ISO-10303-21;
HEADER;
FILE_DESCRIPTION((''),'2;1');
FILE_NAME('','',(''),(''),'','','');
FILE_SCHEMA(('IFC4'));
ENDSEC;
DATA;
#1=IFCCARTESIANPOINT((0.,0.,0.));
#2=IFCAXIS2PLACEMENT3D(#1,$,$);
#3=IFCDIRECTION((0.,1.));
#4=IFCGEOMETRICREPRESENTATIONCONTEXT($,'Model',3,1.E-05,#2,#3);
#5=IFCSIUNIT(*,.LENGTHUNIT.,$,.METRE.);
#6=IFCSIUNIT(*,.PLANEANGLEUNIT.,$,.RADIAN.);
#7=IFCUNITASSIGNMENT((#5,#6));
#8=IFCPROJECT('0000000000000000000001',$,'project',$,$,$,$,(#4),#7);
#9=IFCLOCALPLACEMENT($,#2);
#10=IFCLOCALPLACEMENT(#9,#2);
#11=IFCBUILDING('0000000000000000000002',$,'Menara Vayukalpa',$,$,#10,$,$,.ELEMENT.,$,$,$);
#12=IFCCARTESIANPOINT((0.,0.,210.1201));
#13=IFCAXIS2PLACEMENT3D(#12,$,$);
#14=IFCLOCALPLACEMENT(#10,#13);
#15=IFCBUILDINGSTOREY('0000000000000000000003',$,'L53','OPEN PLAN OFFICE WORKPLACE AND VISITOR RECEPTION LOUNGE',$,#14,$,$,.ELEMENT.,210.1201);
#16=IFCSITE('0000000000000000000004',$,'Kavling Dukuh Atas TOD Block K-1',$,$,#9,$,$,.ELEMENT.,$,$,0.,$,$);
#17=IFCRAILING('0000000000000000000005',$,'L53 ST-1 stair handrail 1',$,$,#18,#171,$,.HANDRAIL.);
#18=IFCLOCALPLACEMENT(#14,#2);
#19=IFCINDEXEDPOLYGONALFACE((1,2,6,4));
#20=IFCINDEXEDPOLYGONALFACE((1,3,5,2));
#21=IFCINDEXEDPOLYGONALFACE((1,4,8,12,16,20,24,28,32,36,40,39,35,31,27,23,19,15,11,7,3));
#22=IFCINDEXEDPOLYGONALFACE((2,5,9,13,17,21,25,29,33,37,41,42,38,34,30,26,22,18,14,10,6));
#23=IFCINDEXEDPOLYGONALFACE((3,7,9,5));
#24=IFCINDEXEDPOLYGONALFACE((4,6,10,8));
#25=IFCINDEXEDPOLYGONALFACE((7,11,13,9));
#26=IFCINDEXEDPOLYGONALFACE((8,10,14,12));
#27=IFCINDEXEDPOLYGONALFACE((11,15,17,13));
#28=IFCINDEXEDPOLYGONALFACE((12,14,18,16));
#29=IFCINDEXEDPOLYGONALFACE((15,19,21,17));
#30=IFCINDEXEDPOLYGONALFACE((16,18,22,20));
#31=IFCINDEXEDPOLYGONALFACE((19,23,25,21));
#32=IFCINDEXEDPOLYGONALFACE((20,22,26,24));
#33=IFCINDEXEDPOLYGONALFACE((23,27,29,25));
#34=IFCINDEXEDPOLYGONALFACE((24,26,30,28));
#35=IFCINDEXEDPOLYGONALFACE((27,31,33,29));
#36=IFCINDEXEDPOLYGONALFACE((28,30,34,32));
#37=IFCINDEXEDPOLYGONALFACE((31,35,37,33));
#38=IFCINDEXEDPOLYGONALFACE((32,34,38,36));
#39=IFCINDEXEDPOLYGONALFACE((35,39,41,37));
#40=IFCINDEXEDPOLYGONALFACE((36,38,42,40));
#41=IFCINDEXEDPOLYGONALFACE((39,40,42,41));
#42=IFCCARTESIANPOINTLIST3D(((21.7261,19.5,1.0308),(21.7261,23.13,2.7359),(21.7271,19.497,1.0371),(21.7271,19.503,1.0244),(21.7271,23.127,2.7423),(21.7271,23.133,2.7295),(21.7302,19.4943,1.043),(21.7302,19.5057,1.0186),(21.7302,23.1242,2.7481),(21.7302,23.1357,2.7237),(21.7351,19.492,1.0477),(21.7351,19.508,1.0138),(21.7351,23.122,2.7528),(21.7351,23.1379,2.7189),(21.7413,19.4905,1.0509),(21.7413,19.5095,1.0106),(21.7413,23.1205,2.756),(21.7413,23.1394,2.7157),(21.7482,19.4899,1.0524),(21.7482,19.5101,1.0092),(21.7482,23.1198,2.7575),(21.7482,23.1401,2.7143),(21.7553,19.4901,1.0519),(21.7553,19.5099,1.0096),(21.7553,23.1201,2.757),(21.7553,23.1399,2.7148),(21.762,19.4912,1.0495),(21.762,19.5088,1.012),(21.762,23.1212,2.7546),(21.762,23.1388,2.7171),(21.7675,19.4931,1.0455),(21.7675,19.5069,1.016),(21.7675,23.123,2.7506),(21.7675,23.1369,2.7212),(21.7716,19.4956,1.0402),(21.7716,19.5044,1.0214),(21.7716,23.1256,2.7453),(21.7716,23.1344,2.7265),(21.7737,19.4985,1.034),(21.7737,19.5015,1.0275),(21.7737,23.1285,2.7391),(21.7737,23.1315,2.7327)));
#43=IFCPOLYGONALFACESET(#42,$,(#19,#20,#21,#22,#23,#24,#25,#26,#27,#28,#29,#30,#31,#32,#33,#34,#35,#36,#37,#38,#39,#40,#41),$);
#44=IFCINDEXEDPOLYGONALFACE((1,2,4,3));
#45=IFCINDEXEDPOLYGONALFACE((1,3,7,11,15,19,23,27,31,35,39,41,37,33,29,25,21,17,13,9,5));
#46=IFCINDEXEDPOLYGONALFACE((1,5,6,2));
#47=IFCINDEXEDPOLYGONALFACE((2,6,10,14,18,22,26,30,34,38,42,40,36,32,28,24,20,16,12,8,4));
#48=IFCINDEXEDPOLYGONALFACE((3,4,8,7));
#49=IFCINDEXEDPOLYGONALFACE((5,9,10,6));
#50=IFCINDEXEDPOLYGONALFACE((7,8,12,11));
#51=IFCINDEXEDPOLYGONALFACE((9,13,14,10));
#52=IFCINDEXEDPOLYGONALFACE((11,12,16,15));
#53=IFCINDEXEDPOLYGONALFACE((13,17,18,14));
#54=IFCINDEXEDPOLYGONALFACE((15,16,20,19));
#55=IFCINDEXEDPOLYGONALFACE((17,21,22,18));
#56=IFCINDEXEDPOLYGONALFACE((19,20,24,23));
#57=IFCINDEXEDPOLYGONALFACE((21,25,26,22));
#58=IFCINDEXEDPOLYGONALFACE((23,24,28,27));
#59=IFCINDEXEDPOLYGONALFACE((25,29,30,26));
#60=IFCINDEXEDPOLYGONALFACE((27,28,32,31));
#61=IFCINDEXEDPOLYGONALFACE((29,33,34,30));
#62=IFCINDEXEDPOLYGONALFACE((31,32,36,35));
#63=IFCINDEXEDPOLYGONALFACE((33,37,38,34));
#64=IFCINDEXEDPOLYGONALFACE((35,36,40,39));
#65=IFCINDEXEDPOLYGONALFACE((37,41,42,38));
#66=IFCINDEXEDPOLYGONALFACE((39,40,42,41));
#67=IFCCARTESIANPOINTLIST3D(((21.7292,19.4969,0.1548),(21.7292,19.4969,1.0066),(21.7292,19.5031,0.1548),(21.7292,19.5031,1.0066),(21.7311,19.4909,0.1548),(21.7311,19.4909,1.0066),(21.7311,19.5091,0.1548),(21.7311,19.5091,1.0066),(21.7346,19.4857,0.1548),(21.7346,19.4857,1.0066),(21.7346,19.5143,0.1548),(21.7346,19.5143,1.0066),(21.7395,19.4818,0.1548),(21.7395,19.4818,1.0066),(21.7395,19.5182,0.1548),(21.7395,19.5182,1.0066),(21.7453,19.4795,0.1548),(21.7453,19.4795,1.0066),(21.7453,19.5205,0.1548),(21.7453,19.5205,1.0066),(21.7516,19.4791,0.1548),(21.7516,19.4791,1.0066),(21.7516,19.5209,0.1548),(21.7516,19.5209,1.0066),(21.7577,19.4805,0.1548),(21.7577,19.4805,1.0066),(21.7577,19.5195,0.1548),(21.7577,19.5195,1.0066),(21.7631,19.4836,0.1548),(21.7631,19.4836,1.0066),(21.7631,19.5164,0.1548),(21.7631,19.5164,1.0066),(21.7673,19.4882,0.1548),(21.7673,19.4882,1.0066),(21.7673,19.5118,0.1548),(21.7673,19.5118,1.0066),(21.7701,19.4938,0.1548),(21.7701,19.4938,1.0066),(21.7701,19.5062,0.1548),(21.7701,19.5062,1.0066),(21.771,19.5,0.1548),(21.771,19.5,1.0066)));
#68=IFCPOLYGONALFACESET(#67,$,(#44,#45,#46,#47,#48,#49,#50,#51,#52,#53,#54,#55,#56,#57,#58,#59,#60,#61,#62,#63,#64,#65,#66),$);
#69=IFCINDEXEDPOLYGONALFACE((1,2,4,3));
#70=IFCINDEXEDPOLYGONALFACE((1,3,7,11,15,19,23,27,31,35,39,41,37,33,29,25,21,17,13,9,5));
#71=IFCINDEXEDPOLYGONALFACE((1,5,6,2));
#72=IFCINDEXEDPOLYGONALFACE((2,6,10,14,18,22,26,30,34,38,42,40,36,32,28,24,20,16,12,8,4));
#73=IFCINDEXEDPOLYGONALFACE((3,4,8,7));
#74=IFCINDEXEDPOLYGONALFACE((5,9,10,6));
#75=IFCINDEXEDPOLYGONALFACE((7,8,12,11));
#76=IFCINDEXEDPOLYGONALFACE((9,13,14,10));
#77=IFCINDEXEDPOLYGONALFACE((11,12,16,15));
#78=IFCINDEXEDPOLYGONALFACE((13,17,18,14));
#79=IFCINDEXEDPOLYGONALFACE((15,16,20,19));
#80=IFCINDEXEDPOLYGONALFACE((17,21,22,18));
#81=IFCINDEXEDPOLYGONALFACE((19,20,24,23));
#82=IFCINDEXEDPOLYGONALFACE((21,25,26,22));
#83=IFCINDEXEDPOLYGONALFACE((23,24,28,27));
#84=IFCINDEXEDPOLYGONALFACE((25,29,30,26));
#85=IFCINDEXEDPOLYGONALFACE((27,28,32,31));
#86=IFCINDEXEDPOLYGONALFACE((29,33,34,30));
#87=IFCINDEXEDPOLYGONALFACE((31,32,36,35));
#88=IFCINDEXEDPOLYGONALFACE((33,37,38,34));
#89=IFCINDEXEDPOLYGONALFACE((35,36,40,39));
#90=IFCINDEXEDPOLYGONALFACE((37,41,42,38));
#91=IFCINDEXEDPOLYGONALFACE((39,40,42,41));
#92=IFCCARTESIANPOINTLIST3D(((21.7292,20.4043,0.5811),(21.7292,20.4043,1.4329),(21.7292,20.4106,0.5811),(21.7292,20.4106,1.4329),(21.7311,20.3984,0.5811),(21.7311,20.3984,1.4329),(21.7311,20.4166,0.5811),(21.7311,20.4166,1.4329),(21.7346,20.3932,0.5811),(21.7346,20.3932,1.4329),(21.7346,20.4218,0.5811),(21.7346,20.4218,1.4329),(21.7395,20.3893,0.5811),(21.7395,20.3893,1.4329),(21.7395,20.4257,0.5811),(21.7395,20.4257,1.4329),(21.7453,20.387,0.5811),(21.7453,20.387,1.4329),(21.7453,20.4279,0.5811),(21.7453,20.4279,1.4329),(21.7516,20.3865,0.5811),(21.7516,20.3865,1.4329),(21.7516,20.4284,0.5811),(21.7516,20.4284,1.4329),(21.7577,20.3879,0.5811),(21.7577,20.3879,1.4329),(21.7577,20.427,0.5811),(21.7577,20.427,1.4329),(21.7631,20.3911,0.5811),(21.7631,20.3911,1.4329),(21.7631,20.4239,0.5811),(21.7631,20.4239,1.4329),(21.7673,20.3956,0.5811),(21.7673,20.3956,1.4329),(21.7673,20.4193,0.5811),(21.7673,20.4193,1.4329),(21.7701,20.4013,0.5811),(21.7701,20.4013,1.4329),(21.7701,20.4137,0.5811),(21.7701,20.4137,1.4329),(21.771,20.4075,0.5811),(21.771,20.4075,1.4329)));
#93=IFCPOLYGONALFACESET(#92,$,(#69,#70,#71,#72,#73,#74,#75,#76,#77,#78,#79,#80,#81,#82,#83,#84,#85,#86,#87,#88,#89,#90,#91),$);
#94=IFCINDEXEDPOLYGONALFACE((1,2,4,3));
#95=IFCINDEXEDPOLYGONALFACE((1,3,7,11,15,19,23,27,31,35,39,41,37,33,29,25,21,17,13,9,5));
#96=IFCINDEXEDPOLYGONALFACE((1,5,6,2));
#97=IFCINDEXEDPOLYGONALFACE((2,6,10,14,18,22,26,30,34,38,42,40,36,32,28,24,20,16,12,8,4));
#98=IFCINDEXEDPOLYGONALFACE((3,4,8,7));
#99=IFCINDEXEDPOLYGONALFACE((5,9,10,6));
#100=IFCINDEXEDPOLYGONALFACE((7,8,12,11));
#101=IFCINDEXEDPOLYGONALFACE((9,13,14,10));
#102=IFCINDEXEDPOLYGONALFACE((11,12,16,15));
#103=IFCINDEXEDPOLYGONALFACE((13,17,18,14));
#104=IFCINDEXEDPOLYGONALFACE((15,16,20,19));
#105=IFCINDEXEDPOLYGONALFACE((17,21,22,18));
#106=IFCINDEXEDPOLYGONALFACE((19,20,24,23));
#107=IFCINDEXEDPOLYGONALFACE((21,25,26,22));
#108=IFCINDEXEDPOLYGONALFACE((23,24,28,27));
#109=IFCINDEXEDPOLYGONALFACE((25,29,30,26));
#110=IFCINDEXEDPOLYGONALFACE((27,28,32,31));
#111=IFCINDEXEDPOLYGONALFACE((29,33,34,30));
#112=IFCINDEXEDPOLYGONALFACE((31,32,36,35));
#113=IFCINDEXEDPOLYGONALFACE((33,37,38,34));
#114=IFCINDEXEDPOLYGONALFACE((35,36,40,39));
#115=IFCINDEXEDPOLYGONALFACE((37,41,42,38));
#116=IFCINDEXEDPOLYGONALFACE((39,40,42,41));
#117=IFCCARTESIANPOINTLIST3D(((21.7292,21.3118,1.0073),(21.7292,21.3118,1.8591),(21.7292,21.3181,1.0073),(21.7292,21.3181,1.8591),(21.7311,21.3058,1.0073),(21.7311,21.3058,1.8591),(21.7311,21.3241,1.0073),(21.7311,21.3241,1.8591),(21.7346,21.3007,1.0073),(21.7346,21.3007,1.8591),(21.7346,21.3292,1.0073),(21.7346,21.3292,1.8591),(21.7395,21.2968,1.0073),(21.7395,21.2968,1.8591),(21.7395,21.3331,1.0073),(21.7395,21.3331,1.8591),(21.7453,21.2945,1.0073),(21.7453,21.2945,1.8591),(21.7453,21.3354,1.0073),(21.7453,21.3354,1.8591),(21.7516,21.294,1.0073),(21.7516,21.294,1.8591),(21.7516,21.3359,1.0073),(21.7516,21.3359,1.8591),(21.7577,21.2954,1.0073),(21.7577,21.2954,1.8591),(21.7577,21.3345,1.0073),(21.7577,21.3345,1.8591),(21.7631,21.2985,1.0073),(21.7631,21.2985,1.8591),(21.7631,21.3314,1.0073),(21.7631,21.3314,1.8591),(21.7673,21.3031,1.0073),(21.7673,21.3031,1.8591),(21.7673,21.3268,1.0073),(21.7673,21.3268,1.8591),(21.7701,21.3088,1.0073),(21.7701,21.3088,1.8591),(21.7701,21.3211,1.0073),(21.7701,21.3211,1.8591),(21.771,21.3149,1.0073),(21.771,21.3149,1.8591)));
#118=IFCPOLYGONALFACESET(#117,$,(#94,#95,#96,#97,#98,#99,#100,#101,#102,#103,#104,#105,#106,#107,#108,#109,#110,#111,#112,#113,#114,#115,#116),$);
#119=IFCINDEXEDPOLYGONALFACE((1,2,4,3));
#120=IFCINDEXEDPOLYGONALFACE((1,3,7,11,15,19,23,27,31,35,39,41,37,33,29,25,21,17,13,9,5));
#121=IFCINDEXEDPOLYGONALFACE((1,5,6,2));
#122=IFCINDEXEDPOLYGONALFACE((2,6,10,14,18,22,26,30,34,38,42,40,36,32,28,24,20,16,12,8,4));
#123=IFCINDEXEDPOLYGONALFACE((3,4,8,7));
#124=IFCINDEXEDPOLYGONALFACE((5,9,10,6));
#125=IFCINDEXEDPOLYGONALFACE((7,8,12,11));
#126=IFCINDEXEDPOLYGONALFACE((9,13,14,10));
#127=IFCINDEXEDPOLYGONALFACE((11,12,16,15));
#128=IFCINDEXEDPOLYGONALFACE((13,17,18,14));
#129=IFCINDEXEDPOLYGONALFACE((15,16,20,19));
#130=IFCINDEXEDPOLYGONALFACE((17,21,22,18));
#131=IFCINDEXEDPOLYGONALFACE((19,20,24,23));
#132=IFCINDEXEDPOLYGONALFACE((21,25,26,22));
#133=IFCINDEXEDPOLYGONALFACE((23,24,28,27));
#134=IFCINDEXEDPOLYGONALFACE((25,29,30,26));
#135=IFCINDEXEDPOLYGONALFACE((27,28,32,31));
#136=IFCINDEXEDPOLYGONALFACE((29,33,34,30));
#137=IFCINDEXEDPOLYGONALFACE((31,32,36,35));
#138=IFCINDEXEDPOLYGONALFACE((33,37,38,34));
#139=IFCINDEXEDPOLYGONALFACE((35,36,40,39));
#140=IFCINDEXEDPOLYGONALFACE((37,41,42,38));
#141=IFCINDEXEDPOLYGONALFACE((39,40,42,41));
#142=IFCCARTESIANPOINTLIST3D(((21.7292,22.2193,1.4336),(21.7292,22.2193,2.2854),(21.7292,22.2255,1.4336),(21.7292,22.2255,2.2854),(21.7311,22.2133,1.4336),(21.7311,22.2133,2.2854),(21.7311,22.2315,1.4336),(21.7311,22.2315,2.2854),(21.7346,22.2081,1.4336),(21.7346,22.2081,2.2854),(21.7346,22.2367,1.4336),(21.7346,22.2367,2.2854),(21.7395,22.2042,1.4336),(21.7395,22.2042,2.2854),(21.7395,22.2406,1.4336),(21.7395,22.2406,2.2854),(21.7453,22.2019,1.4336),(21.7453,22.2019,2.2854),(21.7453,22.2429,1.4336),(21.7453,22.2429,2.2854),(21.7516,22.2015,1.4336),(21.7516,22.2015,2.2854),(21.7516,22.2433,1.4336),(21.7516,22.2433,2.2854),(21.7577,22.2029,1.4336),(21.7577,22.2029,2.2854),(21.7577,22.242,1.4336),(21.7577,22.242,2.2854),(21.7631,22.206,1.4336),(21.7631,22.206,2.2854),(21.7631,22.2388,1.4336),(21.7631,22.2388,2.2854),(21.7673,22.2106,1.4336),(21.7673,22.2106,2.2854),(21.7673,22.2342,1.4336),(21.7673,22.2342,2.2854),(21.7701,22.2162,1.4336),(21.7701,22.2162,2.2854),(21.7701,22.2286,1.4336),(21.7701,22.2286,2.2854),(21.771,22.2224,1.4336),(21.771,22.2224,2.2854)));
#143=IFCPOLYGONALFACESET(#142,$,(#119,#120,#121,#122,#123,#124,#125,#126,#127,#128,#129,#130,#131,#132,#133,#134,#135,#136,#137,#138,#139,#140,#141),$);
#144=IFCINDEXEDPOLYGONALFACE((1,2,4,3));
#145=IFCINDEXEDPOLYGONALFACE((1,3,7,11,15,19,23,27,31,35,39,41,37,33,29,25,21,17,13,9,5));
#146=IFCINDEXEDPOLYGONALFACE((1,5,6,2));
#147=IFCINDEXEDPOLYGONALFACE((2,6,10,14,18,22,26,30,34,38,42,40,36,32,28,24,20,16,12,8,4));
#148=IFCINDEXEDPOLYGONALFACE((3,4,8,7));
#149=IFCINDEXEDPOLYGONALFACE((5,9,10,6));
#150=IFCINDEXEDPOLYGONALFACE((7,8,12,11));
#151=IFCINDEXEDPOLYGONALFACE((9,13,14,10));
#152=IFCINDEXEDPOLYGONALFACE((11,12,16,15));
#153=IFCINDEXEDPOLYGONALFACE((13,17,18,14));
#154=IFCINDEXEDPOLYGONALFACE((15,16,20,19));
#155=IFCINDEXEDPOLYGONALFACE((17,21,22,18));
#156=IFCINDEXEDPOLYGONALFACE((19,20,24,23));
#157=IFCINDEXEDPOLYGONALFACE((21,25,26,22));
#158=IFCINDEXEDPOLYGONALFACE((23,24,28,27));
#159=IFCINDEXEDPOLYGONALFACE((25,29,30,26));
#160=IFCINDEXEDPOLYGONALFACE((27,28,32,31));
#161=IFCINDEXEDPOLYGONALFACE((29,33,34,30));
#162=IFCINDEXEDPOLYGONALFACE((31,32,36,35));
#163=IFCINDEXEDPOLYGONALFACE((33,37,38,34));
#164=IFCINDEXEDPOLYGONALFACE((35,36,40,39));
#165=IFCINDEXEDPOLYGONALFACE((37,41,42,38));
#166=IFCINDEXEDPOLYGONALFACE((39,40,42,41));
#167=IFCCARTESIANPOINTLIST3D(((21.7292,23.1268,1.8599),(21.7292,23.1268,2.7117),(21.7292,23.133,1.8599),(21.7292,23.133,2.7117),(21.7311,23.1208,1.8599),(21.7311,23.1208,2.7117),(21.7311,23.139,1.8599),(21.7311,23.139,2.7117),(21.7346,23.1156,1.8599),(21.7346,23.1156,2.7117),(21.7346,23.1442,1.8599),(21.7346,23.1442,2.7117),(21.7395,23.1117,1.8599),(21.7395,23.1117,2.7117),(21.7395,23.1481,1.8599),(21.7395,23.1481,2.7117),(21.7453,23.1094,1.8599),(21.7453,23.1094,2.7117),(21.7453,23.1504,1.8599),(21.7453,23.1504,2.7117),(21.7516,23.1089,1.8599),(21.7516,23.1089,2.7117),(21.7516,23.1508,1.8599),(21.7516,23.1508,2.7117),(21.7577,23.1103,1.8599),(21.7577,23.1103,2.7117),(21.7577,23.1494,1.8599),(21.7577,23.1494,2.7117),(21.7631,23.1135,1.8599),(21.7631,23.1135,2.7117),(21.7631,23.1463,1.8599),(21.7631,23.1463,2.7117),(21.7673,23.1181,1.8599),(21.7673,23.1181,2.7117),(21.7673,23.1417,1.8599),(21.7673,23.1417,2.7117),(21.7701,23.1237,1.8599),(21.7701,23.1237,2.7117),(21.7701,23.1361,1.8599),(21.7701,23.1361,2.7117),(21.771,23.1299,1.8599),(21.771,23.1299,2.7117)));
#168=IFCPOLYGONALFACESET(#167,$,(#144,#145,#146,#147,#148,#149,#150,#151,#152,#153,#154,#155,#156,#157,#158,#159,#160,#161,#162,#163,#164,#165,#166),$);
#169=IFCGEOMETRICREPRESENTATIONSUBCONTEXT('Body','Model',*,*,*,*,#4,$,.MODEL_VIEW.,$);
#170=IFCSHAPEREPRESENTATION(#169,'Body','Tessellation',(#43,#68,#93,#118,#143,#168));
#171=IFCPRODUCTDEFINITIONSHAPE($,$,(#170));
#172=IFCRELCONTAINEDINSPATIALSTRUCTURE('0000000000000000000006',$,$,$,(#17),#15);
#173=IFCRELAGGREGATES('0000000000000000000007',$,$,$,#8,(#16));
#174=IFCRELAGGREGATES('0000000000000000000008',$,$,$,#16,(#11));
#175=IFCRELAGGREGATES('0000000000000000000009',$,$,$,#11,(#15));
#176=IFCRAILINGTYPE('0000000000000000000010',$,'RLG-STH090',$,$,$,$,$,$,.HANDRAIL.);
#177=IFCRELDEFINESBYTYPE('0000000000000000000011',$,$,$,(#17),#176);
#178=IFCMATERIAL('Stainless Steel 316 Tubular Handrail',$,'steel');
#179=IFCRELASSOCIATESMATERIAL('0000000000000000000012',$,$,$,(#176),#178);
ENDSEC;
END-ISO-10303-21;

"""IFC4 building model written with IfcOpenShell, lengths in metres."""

from ifc_helpers import new_model, si_unit, direction, frame, origin, origin_2d, place, context, subcontext, project, spatial, circle, extrude, material, type_object, element, save


model = new_model("IFC4")

# Units and contexts
model_context = context("Model", 3, precision=1e-05, world=origin(), true_north=direction((0.0, 1.0)))
body_context = subcontext(model_context, "Body", "Model", "MODEL_VIEW")
ifc_project = project(units=[si_unit("LENGTHUNIT", "METRE"), si_unit("PLANEANGLEUNIT", "RADIAN")], contexts=[model_context])

# Site, building, storey
site_placement = place(None, origin())
site = spatial("IfcSite", under=ifc_project, at=site_placement, Name="Kavling Dukuh Atas TOD Block K-1", CompositionType="ELEMENT", RefElevation=0.0)
building_placement = place(site_placement, origin())
building = spatial("IfcBuilding", under=site, at=building_placement, Name="Menara Vayukalpa", CompositionType="ELEMENT")
storey_placement = place(building_placement, frame((0.0, 0.0, 210.1201)))
storey = spatial("IfcBuildingStorey", under=building, at=storey_placement, Name="L53", Description="OPEN PLAN OFFICE WORKPLACE AND VISITOR RECEPTION LOUNGE", CompositionType="ELEMENT", Elevation=210.1201)

# Railing
ifc_material_1 = material(Name="Stainless Steel 316 Tubular Handrail", Category="steel")
railing_type_1 = type_object("IfcRailingType", Name="RLG-STH090", PredefinedType="HANDRAIL", material=ifc_material_1)
railing_1_placement = place(storey_placement, frame((21.75, 19.5, 0.1548)))
element("IfcRailing", 1, at=railing_1_placement, inside=storey, type_object=railing_type_1, Name="L53 ST-1 stair handrail 1", PredefinedType="HANDRAIL", context=body_context, shape_type="SweptSolid", body=[
    extrude(circle(Radius=0.0239, at=origin_2d()), frame((0.0, 0.0, 0.876), z_axis=(0.0, 0.905116, 0.425164), x_axis=(-1.0, 0.0, 0.0)), (0.0, 0.0, 1.0), 4.0105),
    extrude(circle(Radius=0.021, at=origin_2d()), origin(), (0.0, 0.0, 1.0), 0.8518),
    extrude(circle(Radius=0.021, at=origin_2d()), frame((0.0, 0.9075, 0.4263)), (0.0, 0.0, 1.0), 0.8518),
    extrude(circle(Radius=0.021, at=origin_2d()), frame((0.0, 1.8149, 0.8525)), (0.0, 0.0, 1.0), 0.8518),
    extrude(circle(Radius=0.021, at=origin_2d()), frame((0.0, 2.7224, 1.2788)), (0.0, 0.0, 1.0), 0.8518),
    extrude(circle(Radius=0.021, at=origin_2d()), frame((0.0, 3.6299, 1.7051)), (0.0, 0.0, 1.0), 0.8518),
])

save(model, "model.ifc")
